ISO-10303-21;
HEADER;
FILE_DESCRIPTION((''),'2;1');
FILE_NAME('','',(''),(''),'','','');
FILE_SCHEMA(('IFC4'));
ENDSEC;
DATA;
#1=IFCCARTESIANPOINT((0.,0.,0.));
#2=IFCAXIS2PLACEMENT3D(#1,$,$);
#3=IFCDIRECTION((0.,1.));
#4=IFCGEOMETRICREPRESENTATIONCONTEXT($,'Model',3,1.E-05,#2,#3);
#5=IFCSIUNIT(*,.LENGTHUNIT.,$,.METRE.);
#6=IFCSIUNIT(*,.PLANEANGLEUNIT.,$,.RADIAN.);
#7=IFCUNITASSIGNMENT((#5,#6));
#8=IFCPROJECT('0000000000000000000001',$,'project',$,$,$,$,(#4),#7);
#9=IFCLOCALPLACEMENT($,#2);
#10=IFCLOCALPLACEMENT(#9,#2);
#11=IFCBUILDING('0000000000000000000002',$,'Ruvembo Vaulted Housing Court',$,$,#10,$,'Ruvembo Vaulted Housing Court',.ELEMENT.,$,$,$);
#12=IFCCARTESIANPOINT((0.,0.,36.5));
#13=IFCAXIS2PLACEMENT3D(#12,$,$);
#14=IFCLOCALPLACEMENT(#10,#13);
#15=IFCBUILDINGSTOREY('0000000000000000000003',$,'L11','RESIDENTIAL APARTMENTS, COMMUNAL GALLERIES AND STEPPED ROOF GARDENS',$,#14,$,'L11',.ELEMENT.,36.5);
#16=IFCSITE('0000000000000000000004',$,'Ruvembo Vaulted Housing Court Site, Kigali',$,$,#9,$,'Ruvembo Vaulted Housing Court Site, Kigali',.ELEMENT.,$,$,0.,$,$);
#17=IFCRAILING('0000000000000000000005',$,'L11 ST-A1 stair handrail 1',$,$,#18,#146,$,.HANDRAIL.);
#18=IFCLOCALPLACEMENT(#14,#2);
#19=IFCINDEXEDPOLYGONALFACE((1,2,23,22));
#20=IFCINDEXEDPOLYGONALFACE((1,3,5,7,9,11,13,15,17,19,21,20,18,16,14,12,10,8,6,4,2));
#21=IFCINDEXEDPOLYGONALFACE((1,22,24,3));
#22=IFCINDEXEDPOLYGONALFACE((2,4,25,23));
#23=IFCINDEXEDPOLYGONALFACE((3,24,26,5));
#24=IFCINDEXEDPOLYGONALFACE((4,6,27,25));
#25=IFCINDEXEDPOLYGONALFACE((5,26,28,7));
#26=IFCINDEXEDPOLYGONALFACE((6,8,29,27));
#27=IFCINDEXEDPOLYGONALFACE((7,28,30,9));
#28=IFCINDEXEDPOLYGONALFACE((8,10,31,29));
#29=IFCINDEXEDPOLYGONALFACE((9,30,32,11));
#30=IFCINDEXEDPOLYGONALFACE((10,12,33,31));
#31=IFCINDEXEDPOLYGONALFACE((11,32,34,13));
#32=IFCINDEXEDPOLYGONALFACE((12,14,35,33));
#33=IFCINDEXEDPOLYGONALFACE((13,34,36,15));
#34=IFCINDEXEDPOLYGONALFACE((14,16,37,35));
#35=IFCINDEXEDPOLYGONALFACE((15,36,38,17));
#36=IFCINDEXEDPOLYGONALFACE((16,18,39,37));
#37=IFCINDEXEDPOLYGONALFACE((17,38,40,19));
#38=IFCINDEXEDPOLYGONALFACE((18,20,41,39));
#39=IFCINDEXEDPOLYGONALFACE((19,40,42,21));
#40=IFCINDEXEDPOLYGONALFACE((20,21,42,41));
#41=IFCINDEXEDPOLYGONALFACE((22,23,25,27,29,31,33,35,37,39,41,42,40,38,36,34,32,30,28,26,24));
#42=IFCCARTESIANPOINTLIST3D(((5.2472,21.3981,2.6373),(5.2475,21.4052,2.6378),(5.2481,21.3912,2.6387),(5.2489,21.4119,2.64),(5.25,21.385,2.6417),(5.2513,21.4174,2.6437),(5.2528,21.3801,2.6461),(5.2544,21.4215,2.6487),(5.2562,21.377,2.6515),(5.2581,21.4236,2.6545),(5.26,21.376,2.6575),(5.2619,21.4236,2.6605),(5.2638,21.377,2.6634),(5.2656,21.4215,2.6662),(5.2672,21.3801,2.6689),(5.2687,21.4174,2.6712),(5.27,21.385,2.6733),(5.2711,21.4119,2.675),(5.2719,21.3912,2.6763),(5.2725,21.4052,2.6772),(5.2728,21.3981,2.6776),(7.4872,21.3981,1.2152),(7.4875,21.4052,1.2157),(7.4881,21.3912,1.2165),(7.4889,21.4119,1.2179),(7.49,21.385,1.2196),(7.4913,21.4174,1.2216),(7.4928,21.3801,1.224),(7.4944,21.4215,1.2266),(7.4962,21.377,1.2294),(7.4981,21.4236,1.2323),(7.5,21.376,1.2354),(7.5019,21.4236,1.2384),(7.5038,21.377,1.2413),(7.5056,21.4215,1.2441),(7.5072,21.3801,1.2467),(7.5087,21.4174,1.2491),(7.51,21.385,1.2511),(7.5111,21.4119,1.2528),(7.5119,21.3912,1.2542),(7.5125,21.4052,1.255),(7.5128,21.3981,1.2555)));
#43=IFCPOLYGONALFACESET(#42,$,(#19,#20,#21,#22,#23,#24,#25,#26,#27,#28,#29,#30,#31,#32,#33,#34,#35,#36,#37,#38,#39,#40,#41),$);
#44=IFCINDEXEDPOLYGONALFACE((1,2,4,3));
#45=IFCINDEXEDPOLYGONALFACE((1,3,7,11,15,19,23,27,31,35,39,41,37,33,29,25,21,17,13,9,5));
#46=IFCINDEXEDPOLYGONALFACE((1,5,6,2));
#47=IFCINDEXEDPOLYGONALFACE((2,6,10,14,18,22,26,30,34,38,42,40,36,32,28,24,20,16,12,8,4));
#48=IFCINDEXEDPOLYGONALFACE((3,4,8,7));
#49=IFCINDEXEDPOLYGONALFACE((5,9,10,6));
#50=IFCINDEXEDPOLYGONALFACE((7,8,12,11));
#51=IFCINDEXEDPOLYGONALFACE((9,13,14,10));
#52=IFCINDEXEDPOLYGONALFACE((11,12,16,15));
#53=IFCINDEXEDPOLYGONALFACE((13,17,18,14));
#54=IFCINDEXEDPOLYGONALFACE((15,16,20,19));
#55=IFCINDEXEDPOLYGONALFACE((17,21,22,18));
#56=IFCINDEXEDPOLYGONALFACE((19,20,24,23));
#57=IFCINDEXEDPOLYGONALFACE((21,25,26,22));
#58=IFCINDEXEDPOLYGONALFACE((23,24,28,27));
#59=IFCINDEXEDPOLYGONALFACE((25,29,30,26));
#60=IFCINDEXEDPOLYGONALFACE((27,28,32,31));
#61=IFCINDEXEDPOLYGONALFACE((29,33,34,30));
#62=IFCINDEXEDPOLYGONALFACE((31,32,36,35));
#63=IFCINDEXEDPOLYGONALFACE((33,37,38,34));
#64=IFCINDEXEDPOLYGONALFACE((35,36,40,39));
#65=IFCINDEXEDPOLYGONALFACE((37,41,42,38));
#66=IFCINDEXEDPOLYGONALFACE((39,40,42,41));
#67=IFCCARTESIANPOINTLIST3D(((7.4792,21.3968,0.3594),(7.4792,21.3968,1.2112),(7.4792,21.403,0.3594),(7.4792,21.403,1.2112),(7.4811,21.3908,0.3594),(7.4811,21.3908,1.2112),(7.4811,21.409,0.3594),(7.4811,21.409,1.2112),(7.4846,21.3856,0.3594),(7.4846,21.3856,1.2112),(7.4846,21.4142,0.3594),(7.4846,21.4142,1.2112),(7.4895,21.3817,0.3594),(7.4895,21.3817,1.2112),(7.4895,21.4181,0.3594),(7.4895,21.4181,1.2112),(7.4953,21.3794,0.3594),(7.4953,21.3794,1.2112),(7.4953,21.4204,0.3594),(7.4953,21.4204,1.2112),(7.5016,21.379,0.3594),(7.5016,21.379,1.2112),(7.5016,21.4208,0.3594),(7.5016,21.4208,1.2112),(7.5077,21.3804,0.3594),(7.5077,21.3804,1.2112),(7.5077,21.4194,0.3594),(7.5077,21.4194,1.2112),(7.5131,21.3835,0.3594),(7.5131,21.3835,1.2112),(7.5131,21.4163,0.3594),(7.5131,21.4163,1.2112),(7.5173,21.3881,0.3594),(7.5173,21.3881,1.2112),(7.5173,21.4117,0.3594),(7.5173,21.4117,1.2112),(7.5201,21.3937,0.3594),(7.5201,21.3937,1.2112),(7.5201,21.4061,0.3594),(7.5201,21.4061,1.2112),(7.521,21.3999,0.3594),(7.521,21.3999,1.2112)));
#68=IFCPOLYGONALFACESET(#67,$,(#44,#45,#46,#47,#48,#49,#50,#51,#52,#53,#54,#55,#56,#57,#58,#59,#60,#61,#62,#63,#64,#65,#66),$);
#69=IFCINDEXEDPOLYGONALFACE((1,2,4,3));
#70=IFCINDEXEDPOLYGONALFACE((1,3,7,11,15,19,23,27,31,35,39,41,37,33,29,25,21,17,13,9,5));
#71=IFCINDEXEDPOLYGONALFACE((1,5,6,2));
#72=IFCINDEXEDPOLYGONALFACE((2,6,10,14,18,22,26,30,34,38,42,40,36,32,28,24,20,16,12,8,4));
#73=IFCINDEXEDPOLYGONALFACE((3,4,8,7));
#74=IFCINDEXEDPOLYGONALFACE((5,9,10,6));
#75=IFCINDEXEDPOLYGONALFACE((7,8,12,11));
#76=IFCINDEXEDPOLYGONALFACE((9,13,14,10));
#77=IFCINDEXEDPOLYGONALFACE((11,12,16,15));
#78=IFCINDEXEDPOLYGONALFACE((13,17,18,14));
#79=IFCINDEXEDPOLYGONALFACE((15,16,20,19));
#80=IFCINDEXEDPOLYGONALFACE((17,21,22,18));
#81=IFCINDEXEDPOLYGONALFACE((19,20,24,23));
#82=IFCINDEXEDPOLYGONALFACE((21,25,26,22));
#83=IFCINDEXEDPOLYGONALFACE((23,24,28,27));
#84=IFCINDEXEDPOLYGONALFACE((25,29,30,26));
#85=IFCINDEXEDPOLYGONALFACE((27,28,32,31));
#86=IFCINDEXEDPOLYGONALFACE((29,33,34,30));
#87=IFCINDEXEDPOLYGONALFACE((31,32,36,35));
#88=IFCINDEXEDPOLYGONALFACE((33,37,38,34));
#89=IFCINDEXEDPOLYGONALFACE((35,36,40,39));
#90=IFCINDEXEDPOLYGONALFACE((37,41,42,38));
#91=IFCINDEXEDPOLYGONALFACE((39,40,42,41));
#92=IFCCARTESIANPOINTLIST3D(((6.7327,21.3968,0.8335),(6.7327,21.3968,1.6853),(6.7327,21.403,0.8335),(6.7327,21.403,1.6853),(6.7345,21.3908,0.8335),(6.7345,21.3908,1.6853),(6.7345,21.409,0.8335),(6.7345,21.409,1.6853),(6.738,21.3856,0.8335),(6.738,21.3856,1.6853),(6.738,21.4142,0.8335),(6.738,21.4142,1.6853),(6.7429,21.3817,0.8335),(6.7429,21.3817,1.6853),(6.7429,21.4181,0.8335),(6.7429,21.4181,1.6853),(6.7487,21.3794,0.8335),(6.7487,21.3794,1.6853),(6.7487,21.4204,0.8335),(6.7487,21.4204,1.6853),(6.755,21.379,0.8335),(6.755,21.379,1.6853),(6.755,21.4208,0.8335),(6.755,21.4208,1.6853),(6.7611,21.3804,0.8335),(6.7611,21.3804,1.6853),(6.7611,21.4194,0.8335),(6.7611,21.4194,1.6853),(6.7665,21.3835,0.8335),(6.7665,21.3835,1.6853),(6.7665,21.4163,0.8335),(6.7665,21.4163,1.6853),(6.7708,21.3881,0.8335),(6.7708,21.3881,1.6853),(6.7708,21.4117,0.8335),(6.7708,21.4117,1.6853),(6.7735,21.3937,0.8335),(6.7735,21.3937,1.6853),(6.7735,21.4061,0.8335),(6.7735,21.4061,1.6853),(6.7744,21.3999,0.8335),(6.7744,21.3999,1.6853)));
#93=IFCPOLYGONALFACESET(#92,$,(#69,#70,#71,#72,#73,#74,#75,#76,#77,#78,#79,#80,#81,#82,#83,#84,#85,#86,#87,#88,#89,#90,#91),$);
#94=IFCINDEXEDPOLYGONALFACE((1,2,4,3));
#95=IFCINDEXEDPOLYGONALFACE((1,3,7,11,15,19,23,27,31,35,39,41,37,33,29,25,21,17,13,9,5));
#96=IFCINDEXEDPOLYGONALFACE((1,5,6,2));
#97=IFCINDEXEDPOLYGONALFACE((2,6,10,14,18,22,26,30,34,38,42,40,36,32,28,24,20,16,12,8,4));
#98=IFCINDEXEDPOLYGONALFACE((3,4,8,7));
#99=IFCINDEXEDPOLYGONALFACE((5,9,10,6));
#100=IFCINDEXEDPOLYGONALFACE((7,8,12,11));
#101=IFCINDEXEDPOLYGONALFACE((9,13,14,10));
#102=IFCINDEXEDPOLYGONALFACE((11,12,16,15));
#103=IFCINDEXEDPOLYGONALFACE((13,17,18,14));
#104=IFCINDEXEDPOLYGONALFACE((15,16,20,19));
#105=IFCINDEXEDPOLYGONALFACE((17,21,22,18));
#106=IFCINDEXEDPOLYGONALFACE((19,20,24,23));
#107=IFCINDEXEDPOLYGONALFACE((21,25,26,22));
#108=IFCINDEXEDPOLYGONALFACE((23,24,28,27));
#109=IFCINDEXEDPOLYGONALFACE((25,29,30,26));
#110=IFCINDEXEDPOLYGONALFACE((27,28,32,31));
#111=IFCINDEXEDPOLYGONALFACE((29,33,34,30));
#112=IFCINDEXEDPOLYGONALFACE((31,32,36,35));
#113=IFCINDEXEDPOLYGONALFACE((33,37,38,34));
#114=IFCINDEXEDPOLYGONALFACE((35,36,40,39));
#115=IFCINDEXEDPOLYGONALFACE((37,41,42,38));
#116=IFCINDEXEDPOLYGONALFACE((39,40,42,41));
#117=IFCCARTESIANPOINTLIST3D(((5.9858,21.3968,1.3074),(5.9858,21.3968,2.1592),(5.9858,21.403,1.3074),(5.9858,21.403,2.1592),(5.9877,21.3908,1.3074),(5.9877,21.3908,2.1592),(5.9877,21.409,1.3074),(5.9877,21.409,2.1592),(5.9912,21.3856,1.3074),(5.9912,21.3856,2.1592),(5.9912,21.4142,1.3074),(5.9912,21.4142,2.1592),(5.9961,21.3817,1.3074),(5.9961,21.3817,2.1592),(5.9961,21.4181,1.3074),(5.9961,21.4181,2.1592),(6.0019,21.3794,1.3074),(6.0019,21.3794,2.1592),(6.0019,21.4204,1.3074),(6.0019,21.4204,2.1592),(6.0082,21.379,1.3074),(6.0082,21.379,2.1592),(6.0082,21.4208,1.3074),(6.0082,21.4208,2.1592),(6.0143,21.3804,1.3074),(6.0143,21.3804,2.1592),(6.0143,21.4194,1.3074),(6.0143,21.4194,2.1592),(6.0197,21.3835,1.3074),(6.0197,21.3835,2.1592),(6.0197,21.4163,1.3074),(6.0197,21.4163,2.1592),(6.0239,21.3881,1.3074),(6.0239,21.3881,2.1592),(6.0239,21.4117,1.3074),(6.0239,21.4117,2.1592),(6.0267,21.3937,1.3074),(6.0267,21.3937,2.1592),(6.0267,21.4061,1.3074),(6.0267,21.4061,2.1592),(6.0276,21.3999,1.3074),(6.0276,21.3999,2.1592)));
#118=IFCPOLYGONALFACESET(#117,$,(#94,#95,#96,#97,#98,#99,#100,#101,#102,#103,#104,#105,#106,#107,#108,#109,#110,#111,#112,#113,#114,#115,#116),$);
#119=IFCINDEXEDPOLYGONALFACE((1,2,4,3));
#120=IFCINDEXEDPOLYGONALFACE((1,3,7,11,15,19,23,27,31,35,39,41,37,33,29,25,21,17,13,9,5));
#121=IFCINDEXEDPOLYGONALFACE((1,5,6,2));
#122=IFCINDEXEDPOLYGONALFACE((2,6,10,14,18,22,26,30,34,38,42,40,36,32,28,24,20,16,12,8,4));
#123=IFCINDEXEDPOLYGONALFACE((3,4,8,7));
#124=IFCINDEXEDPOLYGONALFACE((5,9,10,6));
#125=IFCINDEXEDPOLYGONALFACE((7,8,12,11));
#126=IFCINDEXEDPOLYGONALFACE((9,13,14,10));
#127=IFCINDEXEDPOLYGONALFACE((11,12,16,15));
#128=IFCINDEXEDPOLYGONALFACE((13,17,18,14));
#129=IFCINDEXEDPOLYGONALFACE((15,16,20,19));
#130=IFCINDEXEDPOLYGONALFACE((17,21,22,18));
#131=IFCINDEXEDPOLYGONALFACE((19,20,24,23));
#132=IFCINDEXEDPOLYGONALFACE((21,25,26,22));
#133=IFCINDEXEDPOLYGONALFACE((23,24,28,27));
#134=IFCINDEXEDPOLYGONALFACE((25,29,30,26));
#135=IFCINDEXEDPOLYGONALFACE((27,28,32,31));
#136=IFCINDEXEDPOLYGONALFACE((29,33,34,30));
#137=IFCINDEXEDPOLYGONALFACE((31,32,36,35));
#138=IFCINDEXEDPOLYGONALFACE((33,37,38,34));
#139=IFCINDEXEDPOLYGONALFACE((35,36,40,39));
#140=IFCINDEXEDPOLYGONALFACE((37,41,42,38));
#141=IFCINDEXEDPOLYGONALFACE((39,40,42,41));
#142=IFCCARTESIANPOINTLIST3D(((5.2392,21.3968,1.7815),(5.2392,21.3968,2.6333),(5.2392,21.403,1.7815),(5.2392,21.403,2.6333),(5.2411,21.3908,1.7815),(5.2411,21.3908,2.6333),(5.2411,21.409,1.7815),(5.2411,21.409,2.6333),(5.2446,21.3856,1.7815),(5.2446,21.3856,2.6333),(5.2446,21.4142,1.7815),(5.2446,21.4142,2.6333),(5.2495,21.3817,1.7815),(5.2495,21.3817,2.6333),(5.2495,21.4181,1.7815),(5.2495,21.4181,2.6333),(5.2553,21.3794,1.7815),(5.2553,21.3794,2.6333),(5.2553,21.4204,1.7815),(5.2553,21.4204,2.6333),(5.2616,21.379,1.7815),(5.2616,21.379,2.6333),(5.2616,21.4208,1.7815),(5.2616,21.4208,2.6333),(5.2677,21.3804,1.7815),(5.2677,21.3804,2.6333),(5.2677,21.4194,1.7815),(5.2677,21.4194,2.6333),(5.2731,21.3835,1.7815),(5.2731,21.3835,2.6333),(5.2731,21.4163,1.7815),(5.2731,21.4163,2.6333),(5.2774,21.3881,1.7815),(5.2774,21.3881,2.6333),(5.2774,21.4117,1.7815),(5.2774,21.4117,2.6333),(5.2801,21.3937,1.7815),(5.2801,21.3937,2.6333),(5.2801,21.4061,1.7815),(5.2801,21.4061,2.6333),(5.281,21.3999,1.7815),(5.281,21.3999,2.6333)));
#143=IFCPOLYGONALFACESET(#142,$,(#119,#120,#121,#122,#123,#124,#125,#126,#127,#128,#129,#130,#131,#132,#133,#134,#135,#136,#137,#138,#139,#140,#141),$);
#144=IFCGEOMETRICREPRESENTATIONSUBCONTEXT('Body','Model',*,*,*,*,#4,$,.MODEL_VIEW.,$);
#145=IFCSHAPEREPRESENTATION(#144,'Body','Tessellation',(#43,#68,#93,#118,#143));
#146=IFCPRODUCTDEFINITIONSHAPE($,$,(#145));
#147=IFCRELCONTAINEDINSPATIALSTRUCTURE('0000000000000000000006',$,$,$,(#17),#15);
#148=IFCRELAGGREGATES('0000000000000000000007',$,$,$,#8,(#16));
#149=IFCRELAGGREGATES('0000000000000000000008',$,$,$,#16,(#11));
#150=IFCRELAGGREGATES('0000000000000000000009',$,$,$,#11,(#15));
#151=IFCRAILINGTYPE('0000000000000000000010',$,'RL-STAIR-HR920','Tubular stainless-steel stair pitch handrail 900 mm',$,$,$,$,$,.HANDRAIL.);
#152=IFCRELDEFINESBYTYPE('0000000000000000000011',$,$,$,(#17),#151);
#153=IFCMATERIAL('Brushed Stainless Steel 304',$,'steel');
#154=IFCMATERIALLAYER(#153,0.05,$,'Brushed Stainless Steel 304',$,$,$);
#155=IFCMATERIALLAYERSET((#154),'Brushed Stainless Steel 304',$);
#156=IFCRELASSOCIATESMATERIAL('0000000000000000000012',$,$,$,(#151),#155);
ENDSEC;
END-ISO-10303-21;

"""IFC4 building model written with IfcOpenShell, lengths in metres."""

from ifc_helpers import new_model, si_unit, direction, frame, origin, origin_2d, place, context, subcontext, project, spatial, circle, extrude, material, layer, layer_set, type_object, element, save


model = new_model("IFC4")

# Units and contexts
model_context = context("Model", 3, precision=1e-05, world=origin(), true_north=direction((0.0, 1.0)))
body_context = subcontext(model_context, "Body", "Model", "MODEL_VIEW")
ifc_project = project(units=[si_unit("LENGTHUNIT", "METRE"), si_unit("PLANEANGLEUNIT", "RADIAN")], contexts=[model_context])

# Site, building, storey
site_placement = place(None, origin())
site = spatial("IfcSite", under=ifc_project, at=site_placement, Name="Ruvembo Vaulted Housing Court Site, Kigali", LongName="Ruvembo Vaulted Housing Court Site, Kigali", CompositionType="ELEMENT", RefElevation=0.0)
building_placement = place(site_placement, origin())
building = spatial("IfcBuilding", under=site, at=building_placement, Name="Ruvembo Vaulted Housing Court", LongName="Ruvembo Vaulted Housing Court", CompositionType="ELEMENT")
storey_placement = place(building_placement, frame((0.0, 0.0, 36.5)))
storey = spatial("IfcBuildingStorey", under=building, at=storey_placement, Name="L11", Description="RESIDENTIAL APARTMENTS, COMMUNAL GALLERIES AND STEPPED ROOF GARDENS", LongName="L11", CompositionType="ELEMENT", Elevation=36.5)

# Shared definitions
ifc_material_1 = material(Name="Brushed Stainless Steel 304", Category="steel")

# Railing
ifc_layer_1 = layer(ifc_material_1, 0.05, Name="Brushed Stainless Steel 304")
ifc_layer_set_1 = layer_set([ifc_layer_1], Name="Brushed Stainless Steel 304")
railing_type_1 = type_object("IfcRailingType", Name="RL-STAIR-HR920", Description="Tubular stainless-steel stair pitch handrail 900 mm", PredefinedType="HANDRAIL", material=ifc_layer_set_1)
railing_1_placement = place(storey_placement, frame((7.5, 21.3999, 0.3594)))
element("IfcRailing", 1, at=railing_1_placement, inside=storey, type_object=railing_type_1, Name="L11 ST-A1 stair handrail 1", PredefinedType="HANDRAIL", context=body_context, shape_type="SweptSolid", body=[
    extrude(circle(Radius=0.0239, at=origin_2d()), frame((0.0, 0.0, 0.876), z_axis=(-0.844229, 0.0, 0.535982), x_axis=(0.0, -1.0, 0.0)), (0.0, 0.0, 1.0), 2.6533),
    extrude(circle(Radius=0.021, at=origin_2d()), origin(), (0.0, 0.0, 1.0), 0.8518),
    extrude(circle(Radius=0.021, at=origin_2d()), frame((-0.7466, 0.0, 0.4741)), (0.0, 0.0, 1.0), 0.8518),
    extrude(circle(Radius=0.021, at=origin_2d()), frame((-1.4934, 0.0, 0.948)), (0.0, 0.0, 1.0), 0.8518),
    extrude(circle(Radius=0.021, at=origin_2d()), frame((-2.24, 0.0, 1.4221)), (0.0, 0.0, 1.0), 0.8518),
])

save(model, "model.ifc")
